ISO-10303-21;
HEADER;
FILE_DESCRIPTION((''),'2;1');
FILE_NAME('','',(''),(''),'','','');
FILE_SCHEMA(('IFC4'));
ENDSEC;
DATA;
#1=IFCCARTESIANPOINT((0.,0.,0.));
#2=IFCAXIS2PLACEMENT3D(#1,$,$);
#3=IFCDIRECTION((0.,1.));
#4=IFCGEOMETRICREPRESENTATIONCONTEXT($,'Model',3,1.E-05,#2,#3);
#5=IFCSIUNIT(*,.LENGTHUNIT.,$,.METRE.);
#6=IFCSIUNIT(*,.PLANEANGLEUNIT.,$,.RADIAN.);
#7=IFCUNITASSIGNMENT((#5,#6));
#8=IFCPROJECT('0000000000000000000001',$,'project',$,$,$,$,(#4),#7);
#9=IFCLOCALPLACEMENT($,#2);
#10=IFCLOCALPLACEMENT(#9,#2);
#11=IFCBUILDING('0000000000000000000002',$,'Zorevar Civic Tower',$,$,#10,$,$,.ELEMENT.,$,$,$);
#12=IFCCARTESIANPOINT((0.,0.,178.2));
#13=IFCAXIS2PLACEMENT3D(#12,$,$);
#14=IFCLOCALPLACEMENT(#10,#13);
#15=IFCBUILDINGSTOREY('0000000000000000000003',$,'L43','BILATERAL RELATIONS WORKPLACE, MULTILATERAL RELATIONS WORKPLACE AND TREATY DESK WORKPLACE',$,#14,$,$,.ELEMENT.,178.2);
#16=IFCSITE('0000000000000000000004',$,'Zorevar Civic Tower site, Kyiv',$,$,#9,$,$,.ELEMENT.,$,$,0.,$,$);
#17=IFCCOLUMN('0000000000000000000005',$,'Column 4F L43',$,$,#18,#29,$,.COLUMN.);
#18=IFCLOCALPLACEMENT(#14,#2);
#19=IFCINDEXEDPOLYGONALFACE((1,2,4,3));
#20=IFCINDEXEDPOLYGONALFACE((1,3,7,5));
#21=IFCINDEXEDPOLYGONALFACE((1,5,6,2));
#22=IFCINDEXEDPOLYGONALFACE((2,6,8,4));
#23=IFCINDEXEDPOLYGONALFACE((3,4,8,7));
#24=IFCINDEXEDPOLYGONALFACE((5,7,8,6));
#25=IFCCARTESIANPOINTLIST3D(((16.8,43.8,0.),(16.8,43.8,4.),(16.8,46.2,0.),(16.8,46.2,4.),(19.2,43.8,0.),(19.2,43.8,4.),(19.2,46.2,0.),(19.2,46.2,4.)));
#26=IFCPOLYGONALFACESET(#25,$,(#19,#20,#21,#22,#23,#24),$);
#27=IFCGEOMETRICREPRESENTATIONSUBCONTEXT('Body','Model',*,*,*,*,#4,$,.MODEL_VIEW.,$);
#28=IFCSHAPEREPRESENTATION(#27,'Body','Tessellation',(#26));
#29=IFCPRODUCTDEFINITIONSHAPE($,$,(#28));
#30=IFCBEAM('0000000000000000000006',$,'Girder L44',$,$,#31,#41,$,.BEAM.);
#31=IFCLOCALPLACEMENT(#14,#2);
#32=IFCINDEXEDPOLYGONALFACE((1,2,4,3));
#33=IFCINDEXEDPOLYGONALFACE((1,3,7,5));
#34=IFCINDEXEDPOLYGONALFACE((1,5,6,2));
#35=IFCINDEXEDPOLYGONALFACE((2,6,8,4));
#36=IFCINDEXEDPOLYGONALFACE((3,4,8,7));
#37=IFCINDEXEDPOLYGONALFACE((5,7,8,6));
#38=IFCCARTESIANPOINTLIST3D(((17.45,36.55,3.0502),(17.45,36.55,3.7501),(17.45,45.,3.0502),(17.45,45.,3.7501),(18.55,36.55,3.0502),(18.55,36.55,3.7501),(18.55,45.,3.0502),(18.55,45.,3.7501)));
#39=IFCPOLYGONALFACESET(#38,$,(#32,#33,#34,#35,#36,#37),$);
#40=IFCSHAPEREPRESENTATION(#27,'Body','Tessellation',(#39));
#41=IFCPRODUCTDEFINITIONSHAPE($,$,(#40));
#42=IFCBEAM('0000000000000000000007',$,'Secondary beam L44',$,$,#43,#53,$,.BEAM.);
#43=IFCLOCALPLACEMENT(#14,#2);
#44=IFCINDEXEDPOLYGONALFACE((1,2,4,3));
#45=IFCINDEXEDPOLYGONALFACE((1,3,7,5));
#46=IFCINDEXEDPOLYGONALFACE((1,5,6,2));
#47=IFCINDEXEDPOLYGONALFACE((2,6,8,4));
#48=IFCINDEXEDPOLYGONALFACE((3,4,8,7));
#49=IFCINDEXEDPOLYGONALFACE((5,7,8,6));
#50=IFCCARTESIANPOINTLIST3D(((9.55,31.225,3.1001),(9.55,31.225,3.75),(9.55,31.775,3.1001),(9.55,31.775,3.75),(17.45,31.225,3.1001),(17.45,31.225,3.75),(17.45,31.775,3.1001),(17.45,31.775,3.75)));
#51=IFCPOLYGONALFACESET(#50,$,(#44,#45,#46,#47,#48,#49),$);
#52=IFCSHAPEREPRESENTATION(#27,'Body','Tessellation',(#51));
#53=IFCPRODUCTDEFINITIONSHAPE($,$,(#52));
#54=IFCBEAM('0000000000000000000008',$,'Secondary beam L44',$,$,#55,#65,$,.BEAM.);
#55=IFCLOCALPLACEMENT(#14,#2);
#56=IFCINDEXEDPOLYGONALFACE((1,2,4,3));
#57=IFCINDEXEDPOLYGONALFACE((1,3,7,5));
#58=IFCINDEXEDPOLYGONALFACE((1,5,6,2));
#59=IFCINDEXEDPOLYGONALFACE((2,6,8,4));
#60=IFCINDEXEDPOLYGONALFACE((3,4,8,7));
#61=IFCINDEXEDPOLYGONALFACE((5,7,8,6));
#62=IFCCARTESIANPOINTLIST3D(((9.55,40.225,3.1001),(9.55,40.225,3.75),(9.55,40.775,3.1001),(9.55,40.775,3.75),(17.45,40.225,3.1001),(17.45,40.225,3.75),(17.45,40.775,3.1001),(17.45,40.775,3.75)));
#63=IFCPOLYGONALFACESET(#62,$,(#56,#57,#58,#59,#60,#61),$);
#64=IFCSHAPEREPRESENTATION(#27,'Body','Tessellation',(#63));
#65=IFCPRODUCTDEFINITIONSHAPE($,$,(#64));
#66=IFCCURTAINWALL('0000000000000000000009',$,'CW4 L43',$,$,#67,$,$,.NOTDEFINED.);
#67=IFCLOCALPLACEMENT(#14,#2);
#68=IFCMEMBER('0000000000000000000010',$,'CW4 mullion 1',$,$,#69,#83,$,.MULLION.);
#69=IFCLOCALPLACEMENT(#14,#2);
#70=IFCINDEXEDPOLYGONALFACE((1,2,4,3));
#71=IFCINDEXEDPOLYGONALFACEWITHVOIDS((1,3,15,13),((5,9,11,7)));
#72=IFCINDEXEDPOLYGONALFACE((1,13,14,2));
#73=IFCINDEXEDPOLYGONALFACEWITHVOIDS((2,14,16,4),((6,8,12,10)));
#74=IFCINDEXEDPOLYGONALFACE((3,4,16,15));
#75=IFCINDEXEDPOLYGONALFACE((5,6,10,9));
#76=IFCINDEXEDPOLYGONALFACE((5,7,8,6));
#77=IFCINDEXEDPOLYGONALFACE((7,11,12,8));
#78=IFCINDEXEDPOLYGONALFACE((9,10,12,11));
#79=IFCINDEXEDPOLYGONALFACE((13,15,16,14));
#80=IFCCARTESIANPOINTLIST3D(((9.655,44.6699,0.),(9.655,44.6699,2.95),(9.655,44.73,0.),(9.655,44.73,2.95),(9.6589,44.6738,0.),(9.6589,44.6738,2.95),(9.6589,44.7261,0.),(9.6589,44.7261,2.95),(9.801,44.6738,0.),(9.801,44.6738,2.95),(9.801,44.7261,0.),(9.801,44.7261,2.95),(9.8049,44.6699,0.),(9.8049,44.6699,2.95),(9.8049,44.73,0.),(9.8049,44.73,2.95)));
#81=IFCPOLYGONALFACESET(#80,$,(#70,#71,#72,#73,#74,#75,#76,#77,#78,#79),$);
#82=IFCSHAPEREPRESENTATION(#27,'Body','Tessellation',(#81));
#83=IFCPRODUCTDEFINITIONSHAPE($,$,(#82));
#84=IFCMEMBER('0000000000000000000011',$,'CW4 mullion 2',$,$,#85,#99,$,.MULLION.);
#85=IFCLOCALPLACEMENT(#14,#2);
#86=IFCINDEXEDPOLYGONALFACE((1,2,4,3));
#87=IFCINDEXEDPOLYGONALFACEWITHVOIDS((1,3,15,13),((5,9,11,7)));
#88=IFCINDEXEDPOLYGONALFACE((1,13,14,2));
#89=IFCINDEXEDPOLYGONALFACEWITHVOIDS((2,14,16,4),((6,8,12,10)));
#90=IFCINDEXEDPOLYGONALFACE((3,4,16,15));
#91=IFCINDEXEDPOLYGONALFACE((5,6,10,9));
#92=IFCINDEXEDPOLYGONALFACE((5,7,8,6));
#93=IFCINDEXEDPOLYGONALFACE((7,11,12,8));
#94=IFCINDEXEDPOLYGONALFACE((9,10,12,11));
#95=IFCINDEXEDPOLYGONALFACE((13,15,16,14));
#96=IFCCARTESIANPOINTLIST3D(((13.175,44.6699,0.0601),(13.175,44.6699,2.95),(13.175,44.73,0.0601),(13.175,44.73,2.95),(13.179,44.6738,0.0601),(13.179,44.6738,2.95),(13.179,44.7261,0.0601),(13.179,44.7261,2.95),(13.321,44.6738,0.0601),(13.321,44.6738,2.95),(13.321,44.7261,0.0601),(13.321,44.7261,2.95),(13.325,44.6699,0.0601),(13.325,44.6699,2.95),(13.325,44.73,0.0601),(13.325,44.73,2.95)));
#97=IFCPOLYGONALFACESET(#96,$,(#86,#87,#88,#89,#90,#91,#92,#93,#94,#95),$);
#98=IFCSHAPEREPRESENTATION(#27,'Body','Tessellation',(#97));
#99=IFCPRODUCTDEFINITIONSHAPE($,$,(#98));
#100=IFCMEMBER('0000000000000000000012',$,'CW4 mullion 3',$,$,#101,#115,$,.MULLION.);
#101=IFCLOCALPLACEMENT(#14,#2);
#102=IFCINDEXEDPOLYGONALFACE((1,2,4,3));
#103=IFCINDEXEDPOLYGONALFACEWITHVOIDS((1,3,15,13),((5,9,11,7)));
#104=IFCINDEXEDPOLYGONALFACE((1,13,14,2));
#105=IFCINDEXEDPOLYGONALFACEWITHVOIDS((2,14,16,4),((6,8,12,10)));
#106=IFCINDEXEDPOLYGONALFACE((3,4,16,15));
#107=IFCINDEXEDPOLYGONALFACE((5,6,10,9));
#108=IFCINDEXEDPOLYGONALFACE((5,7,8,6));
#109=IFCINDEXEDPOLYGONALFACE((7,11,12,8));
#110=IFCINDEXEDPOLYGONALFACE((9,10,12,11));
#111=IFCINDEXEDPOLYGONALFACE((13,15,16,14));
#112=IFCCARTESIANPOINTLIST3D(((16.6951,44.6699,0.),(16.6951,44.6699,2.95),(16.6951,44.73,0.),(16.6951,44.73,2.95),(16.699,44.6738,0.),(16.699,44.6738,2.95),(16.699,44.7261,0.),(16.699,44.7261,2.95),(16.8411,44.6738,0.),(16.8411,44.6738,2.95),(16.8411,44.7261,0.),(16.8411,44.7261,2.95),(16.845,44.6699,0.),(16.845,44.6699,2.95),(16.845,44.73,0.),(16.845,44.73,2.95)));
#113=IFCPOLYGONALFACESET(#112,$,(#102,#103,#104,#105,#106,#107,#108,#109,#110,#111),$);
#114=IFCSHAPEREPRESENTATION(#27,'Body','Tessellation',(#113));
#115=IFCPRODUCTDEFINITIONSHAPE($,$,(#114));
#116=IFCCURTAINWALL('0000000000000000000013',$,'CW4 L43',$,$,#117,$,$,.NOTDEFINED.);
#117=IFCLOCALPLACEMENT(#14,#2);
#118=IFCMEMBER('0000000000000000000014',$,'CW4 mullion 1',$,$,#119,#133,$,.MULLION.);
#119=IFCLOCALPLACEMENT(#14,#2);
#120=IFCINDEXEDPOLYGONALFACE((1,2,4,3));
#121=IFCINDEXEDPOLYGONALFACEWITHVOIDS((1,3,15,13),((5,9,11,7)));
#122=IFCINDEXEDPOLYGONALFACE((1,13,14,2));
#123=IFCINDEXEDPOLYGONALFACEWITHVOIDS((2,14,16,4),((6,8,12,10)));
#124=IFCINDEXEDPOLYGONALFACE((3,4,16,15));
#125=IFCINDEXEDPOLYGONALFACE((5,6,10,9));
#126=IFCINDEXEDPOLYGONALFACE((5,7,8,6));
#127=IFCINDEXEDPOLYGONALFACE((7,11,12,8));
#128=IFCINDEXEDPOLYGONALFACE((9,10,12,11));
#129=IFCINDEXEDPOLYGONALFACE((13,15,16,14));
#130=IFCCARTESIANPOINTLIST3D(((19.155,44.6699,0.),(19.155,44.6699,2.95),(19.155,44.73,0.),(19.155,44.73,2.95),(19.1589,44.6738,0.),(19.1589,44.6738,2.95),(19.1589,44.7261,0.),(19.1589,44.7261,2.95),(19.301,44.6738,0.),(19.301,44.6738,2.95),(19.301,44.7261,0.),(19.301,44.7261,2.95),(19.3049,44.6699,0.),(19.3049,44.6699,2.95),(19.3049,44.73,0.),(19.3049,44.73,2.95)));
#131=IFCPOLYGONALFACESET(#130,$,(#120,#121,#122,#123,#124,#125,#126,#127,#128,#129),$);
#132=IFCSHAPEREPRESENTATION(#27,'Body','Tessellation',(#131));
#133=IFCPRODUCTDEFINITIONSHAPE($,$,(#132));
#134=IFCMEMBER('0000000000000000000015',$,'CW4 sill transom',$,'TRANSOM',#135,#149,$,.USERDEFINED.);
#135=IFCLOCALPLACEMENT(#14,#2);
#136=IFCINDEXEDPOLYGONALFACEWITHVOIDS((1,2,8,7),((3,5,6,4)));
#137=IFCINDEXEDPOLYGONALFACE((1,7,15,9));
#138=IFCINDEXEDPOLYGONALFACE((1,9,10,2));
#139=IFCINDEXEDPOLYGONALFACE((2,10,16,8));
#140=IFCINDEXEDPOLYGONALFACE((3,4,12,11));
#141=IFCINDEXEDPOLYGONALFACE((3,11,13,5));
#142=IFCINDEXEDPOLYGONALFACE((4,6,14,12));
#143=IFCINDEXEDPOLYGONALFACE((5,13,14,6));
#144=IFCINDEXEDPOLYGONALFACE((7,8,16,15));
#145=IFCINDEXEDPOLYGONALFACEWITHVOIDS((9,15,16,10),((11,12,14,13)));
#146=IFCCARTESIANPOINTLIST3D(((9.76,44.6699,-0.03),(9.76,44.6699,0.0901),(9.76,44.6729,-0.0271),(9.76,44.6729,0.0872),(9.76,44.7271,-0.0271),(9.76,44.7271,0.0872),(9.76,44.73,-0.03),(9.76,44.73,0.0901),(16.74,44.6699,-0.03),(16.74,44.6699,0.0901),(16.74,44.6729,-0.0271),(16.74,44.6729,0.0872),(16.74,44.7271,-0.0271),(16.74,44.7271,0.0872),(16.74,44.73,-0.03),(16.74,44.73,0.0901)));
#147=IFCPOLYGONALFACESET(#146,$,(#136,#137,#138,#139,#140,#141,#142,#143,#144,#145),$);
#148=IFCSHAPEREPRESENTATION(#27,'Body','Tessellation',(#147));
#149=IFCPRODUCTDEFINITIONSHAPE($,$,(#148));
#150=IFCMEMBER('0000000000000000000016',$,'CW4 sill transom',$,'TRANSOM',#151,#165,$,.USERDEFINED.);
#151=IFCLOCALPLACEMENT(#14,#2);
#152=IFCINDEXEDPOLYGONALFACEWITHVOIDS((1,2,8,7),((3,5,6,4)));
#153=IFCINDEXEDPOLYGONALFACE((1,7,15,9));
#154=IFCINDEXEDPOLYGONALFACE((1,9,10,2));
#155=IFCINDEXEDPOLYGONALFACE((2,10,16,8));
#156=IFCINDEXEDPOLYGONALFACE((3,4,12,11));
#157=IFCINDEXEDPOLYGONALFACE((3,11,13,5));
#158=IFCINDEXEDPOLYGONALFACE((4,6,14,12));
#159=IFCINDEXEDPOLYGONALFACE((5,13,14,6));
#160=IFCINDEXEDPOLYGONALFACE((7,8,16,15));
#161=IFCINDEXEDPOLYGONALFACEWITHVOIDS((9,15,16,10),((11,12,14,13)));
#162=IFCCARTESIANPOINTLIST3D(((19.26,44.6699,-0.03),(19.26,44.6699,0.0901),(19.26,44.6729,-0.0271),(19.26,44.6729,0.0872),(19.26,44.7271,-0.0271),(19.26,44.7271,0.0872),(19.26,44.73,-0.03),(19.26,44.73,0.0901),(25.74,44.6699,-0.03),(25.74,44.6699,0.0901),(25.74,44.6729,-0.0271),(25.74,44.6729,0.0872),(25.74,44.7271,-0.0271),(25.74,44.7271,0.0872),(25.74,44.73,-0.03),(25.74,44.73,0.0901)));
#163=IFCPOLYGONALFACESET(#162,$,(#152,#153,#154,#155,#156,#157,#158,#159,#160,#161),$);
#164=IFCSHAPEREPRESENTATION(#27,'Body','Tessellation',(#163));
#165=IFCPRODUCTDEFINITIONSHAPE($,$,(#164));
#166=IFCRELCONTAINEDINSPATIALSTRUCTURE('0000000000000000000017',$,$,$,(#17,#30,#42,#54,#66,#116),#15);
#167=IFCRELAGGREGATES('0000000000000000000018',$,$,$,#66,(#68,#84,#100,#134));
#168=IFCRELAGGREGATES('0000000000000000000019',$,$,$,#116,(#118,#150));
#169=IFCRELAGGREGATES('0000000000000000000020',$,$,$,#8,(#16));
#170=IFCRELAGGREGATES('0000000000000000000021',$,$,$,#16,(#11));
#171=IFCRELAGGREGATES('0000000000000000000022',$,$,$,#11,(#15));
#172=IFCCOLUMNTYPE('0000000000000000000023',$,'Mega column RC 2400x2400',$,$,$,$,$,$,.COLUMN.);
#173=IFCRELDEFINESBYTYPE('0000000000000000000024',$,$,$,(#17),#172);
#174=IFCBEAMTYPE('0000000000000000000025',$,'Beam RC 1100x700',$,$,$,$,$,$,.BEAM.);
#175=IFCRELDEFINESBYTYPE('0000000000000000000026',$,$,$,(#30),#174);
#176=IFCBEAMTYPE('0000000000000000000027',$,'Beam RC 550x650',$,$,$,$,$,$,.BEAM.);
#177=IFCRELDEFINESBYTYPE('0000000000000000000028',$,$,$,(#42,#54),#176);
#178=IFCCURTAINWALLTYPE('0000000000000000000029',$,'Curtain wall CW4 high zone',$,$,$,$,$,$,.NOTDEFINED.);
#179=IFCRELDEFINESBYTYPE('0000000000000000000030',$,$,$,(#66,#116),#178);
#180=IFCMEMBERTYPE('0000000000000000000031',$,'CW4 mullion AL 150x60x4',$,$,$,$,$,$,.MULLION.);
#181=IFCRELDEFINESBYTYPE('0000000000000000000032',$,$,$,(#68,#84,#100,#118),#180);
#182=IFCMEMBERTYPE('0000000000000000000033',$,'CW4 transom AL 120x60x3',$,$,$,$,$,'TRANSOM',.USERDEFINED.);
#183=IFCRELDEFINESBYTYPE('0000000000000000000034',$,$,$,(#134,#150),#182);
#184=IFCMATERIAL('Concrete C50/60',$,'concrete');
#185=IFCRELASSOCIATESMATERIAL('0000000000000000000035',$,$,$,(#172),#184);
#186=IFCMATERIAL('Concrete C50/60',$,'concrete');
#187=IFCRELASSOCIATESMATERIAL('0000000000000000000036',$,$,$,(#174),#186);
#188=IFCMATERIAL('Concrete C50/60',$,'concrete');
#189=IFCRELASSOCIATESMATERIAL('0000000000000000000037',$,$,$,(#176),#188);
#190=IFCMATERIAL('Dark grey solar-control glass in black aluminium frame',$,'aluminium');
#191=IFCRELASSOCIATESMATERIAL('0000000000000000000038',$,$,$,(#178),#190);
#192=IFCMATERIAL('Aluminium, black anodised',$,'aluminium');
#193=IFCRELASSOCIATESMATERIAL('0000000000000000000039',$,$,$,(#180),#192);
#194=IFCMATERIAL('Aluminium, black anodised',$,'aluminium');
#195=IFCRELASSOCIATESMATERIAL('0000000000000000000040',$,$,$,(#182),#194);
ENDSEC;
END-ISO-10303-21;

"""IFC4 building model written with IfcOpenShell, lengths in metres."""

from ifc_helpers import new_model, si_unit, direction, frame, origin, origin_2d, place, context, subcontext, project, spatial, rectangle, hollow_rectangle, extrude, material, material_profile, profile_set, type_object, element, aggregate, save


model = new_model("IFC4")

# Units and contexts
model_context = context("Model", 3, precision=1e-05, world=origin(), true_north=direction((0.0, 1.0)))
body_context = subcontext(model_context, "Body", "Model", "MODEL_VIEW")
ifc_project = project(units=[si_unit("LENGTHUNIT", "METRE"), si_unit("PLANEANGLEUNIT", "RADIAN")], contexts=[model_context])

# Site, building, storey
site_placement = place(None, origin())
site = spatial("IfcSite", under=ifc_project, at=site_placement, Name="Zorevar Civic Tower site, Kyiv", CompositionType="ELEMENT", RefElevation=0.0)
building_placement = place(site_placement, origin())
building = spatial("IfcBuilding", under=site, at=building_placement, Name="Zorevar Civic Tower", CompositionType="ELEMENT")
storey_placement = place(building_placement, frame((0.0, 0.0, 178.2)))
storey = spatial("IfcBuildingStorey", under=building, at=storey_placement, Name="L43", Description="BILATERAL RELATIONS WORKPLACE, MULTILATERAL RELATIONS WORKPLACE AND TREATY DESK WORKPLACE", CompositionType="ELEMENT", Elevation=178.2)

# Column
ifc_material_1 = material(Name="Concrete C50/60", Category="concrete")
ifc_material_profile_1 = material_profile(ifc_material_1, rectangle(XDim=2.3999, YDim=2.3999, at=origin_2d()), Name="RC 2400x2400")
ifc_profile_set_1 = profile_set([ifc_material_profile_1], Name="Concrete C50/60")
column_type = type_object("IfcColumnType", Name="Mega column RC 2400x2400", PredefinedType="COLUMN", material=ifc_profile_set_1)
column_placement = place(storey_placement, frame((18.0, 45.0, 0.0), z_axis=(0.0, 0.0, 1.0), x_axis=(1.0, 0.0, 0.0)))
element("IfcColumn", 1, at=column_placement, inside=storey, type_object=column_type, Name="Column 4F L43", PredefinedType="COLUMN", context=body_context, shape_type="SweptSolid", body=[
    extrude(rectangle(XDim=2.3999, YDim=2.3999, at=origin_2d()), origin(), (0.0, 0.0, 1.0), 4.0),
])

# Beams
ifc_material_2 = material(Name="Concrete C50/60", Category="concrete")
ifc_material_profile_2 = material_profile(ifc_material_2, rectangle(XDim=1.1001, YDim=0.7, at=origin_2d()), Name="RC 1100x700")
ifc_profile_set_2 = profile_set([ifc_material_profile_2], Name="Concrete C50/60")
beam_type_1 = type_object("IfcBeamType", Name="Beam RC 1100x700", PredefinedType="BEAM", material=ifc_profile_set_2)
beam_1_placement = place(storey_placement, frame((18.0, 36.55, 3.4001), z_axis=(0.0, 1.0, 0.0), x_axis=(-1.0, 0.0, 0.0)))
element("IfcBeam", 2, at=beam_1_placement, inside=storey, type_object=beam_type_1, Name="Girder L44", PredefinedType="BEAM", context=body_context, shape_type="SweptSolid", body=[
    extrude(rectangle(XDim=1.1001, YDim=0.7, at=origin_2d()), origin(), (0.0, 0.0, 1.0), 8.45),
])
ifc_material_3 = material(Name="Concrete C50/60", Category="concrete")
ifc_material_profile_3 = material_profile(ifc_material_3, rectangle(XDim=0.55, YDim=0.6499, at=origin_2d()), Name="RC 550x650")
ifc_profile_set_3 = profile_set([ifc_material_profile_3], Name="Concrete C50/60")
beam_type_2 = type_object("IfcBeamType", Name="Beam RC 550x650", PredefinedType="BEAM", material=ifc_profile_set_3)
for number, where, z_axis, x_axis, name in (
    (3, (9.55, 31.5, 3.425), (1.0, 0.0, 0.0), (0.0, 1.0, 0.0), "Secondary beam L44"),
    (4, (9.55, 40.5, 3.425), (1.0, 0.0, 0.0), (0.0, 1.0, 0.0), "Secondary beam L44"),
):
    element("IfcBeam", number, at=place(storey_placement, frame(where, z_axis=z_axis, x_axis=x_axis)), inside=storey, type_object=beam_type_2, Name=name, PredefinedType="BEAM", context=body_context, shape_type="SweptSolid", body=[
        extrude(rectangle(XDim=0.55, YDim=0.6499, at=origin_2d()), origin(), (0.0, 0.0, 1.0), 7.8999),
    ])

# Curtain wall, members
ifc_material_4 = material(Name="Dark grey solar-control glass in black aluminium frame", Category="aluminium")
curtain_wall_type = type_object("IfcCurtainWallType", Name="Curtain wall CW4 high zone", PredefinedType="NOTDEFINED", material=ifc_material_4)
curtain_wall_1_placement = place(storey_placement, origin())
curtain_wall_1 = element("IfcCurtainWall", 5, at=curtain_wall_1_placement, inside=storey, type_object=curtain_wall_type, Name="CW4 L43", PredefinedType="NOTDEFINED")
ifc_material_5 = material(Name="Aluminium, black anodised", Category="aluminium")
ifc_material_profile_4 = material_profile(ifc_material_5, hollow_rectangle(XDim=0.0601, YDim=0.1499, WallThickness=0.0039, at=origin_2d()), Name="AL 150x60x4")
ifc_profile_set_4 = profile_set([ifc_material_profile_4], Name="Aluminium, black anodised")
member_type_1 = type_object("IfcMemberType", Name="CW4 mullion AL 150x60x4", PredefinedType="MULLION", material=ifc_profile_set_4)
member_1_placement = place(storey_placement, frame((9.73, 44.7, 0.0), z_axis=(0.0, 0.0, 1.0), x_axis=(0.0, 1.0, 0.0)))
member_1 = element("IfcMember", 6, at=member_1_placement, type_object=member_type_1, Name="CW4 mullion 1", PredefinedType="MULLION", context=body_context, shape_type="SweptSolid", body=[
    extrude(hollow_rectangle(XDim=0.0601, YDim=0.1499, WallThickness=0.0039, at=origin_2d()), origin(), (0.0, 0.0, 1.0), 2.95),
])
member_2_placement = place(storey_placement, frame((13.25, 44.7, 0.0601), z_axis=(0.0, 0.0, 1.0), x_axis=(0.0, 1.0, 0.0)))
member_2 = element("IfcMember", 7, at=member_2_placement, type_object=member_type_1, Name="CW4 mullion 2", PredefinedType="MULLION", context=body_context, shape_type="SweptSolid", body=[
    extrude(hollow_rectangle(XDim=0.0601, YDim=0.1499, WallThickness=0.0039, at=origin_2d()), origin(), (0.0, 0.0, 1.0), 2.8899),
])
member_3_placement = place(storey_placement, frame((16.77, 44.7, 0.0), z_axis=(0.0, 0.0, 1.0), x_axis=(0.0, 1.0, 0.0)))
member_3 = element("IfcMember", 8, at=member_3_placement, type_object=member_type_1, Name="CW4 mullion 3", PredefinedType="MULLION", context=body_context, shape_type="SweptSolid", body=[
    extrude(hollow_rectangle(XDim=0.0601, YDim=0.1499, WallThickness=0.0039, at=origin_2d()), origin(), (0.0, 0.0, 1.0), 2.95),
])

# Curtain wall, member
curtain_wall_2_placement = place(storey_placement, origin())
curtain_wall_2 = element("IfcCurtainWall", 9, at=curtain_wall_2_placement, inside=storey, type_object=curtain_wall_type, Name="CW4 L43", PredefinedType="NOTDEFINED")
member_4_placement = place(storey_placement, frame((19.23, 44.7, 0.0), z_axis=(0.0, 0.0, 1.0), x_axis=(0.0, 1.0, 0.0)))
member_4 = element("IfcMember", 10, at=member_4_placement, type_object=member_type_1, Name="CW4 mullion 1", PredefinedType="MULLION", context=body_context, shape_type="SweptSolid", body=[
    extrude(hollow_rectangle(XDim=0.0601, YDim=0.1499, WallThickness=0.0039, at=origin_2d()), origin(), (0.0, 0.0, 1.0), 2.95),
])

# Members
ifc_material_6 = material(Name="Aluminium, black anodised", Category="aluminium")
ifc_material_profile_5 = material_profile(ifc_material_6, hollow_rectangle(XDim=0.0601, YDim=0.1201, WallThickness=0.0029, at=origin_2d()), Name="AL 120x60x3")
ifc_profile_set_5 = profile_set([ifc_material_profile_5], Name="Aluminium, black anodised")
member_type_2 = type_object("IfcMemberType", Name="CW4 transom AL 120x60x3", ElementType="TRANSOM", PredefinedType="USERDEFINED", material=ifc_profile_set_5)
member_5_placement = place(storey_placement, frame((9.76, 44.7, 0.03), z_axis=(1.0, 0.0, 0.0), x_axis=(0.0, 1.0, 0.0)))
member_5 = element("IfcMember", 11, at=member_5_placement, type_object=member_type_2, Name="CW4 sill transom", ObjectType="TRANSOM", PredefinedType="USERDEFINED", context=body_context, shape_type="SweptSolid", body=[
    extrude(hollow_rectangle(XDim=0.0601, YDim=0.1201, WallThickness=0.0029, at=origin_2d()), origin(), (0.0, 0.0, 1.0), 6.98),
])
member_6_placement = place(storey_placement, frame((19.26, 44.7, 0.03), z_axis=(1.0, 0.0, 0.0), x_axis=(0.0, 1.0, 0.0)))
member_6 = element("IfcMember", 12, at=member_6_placement, type_object=member_type_2, Name="CW4 sill transom", ObjectType="TRANSOM", PredefinedType="USERDEFINED", context=body_context, shape_type="SweptSolid", body=[
    extrude(hollow_rectangle(XDim=0.0601, YDim=0.1201, WallThickness=0.0029, at=origin_2d()), origin(), (0.0, 0.0, 1.0), 6.48),
])

aggregate(curtain_wall_1, [member_1, member_2, member_3, member_5])
aggregate(curtain_wall_2, [member_4, member_6])

save(model, "model.ifc")
